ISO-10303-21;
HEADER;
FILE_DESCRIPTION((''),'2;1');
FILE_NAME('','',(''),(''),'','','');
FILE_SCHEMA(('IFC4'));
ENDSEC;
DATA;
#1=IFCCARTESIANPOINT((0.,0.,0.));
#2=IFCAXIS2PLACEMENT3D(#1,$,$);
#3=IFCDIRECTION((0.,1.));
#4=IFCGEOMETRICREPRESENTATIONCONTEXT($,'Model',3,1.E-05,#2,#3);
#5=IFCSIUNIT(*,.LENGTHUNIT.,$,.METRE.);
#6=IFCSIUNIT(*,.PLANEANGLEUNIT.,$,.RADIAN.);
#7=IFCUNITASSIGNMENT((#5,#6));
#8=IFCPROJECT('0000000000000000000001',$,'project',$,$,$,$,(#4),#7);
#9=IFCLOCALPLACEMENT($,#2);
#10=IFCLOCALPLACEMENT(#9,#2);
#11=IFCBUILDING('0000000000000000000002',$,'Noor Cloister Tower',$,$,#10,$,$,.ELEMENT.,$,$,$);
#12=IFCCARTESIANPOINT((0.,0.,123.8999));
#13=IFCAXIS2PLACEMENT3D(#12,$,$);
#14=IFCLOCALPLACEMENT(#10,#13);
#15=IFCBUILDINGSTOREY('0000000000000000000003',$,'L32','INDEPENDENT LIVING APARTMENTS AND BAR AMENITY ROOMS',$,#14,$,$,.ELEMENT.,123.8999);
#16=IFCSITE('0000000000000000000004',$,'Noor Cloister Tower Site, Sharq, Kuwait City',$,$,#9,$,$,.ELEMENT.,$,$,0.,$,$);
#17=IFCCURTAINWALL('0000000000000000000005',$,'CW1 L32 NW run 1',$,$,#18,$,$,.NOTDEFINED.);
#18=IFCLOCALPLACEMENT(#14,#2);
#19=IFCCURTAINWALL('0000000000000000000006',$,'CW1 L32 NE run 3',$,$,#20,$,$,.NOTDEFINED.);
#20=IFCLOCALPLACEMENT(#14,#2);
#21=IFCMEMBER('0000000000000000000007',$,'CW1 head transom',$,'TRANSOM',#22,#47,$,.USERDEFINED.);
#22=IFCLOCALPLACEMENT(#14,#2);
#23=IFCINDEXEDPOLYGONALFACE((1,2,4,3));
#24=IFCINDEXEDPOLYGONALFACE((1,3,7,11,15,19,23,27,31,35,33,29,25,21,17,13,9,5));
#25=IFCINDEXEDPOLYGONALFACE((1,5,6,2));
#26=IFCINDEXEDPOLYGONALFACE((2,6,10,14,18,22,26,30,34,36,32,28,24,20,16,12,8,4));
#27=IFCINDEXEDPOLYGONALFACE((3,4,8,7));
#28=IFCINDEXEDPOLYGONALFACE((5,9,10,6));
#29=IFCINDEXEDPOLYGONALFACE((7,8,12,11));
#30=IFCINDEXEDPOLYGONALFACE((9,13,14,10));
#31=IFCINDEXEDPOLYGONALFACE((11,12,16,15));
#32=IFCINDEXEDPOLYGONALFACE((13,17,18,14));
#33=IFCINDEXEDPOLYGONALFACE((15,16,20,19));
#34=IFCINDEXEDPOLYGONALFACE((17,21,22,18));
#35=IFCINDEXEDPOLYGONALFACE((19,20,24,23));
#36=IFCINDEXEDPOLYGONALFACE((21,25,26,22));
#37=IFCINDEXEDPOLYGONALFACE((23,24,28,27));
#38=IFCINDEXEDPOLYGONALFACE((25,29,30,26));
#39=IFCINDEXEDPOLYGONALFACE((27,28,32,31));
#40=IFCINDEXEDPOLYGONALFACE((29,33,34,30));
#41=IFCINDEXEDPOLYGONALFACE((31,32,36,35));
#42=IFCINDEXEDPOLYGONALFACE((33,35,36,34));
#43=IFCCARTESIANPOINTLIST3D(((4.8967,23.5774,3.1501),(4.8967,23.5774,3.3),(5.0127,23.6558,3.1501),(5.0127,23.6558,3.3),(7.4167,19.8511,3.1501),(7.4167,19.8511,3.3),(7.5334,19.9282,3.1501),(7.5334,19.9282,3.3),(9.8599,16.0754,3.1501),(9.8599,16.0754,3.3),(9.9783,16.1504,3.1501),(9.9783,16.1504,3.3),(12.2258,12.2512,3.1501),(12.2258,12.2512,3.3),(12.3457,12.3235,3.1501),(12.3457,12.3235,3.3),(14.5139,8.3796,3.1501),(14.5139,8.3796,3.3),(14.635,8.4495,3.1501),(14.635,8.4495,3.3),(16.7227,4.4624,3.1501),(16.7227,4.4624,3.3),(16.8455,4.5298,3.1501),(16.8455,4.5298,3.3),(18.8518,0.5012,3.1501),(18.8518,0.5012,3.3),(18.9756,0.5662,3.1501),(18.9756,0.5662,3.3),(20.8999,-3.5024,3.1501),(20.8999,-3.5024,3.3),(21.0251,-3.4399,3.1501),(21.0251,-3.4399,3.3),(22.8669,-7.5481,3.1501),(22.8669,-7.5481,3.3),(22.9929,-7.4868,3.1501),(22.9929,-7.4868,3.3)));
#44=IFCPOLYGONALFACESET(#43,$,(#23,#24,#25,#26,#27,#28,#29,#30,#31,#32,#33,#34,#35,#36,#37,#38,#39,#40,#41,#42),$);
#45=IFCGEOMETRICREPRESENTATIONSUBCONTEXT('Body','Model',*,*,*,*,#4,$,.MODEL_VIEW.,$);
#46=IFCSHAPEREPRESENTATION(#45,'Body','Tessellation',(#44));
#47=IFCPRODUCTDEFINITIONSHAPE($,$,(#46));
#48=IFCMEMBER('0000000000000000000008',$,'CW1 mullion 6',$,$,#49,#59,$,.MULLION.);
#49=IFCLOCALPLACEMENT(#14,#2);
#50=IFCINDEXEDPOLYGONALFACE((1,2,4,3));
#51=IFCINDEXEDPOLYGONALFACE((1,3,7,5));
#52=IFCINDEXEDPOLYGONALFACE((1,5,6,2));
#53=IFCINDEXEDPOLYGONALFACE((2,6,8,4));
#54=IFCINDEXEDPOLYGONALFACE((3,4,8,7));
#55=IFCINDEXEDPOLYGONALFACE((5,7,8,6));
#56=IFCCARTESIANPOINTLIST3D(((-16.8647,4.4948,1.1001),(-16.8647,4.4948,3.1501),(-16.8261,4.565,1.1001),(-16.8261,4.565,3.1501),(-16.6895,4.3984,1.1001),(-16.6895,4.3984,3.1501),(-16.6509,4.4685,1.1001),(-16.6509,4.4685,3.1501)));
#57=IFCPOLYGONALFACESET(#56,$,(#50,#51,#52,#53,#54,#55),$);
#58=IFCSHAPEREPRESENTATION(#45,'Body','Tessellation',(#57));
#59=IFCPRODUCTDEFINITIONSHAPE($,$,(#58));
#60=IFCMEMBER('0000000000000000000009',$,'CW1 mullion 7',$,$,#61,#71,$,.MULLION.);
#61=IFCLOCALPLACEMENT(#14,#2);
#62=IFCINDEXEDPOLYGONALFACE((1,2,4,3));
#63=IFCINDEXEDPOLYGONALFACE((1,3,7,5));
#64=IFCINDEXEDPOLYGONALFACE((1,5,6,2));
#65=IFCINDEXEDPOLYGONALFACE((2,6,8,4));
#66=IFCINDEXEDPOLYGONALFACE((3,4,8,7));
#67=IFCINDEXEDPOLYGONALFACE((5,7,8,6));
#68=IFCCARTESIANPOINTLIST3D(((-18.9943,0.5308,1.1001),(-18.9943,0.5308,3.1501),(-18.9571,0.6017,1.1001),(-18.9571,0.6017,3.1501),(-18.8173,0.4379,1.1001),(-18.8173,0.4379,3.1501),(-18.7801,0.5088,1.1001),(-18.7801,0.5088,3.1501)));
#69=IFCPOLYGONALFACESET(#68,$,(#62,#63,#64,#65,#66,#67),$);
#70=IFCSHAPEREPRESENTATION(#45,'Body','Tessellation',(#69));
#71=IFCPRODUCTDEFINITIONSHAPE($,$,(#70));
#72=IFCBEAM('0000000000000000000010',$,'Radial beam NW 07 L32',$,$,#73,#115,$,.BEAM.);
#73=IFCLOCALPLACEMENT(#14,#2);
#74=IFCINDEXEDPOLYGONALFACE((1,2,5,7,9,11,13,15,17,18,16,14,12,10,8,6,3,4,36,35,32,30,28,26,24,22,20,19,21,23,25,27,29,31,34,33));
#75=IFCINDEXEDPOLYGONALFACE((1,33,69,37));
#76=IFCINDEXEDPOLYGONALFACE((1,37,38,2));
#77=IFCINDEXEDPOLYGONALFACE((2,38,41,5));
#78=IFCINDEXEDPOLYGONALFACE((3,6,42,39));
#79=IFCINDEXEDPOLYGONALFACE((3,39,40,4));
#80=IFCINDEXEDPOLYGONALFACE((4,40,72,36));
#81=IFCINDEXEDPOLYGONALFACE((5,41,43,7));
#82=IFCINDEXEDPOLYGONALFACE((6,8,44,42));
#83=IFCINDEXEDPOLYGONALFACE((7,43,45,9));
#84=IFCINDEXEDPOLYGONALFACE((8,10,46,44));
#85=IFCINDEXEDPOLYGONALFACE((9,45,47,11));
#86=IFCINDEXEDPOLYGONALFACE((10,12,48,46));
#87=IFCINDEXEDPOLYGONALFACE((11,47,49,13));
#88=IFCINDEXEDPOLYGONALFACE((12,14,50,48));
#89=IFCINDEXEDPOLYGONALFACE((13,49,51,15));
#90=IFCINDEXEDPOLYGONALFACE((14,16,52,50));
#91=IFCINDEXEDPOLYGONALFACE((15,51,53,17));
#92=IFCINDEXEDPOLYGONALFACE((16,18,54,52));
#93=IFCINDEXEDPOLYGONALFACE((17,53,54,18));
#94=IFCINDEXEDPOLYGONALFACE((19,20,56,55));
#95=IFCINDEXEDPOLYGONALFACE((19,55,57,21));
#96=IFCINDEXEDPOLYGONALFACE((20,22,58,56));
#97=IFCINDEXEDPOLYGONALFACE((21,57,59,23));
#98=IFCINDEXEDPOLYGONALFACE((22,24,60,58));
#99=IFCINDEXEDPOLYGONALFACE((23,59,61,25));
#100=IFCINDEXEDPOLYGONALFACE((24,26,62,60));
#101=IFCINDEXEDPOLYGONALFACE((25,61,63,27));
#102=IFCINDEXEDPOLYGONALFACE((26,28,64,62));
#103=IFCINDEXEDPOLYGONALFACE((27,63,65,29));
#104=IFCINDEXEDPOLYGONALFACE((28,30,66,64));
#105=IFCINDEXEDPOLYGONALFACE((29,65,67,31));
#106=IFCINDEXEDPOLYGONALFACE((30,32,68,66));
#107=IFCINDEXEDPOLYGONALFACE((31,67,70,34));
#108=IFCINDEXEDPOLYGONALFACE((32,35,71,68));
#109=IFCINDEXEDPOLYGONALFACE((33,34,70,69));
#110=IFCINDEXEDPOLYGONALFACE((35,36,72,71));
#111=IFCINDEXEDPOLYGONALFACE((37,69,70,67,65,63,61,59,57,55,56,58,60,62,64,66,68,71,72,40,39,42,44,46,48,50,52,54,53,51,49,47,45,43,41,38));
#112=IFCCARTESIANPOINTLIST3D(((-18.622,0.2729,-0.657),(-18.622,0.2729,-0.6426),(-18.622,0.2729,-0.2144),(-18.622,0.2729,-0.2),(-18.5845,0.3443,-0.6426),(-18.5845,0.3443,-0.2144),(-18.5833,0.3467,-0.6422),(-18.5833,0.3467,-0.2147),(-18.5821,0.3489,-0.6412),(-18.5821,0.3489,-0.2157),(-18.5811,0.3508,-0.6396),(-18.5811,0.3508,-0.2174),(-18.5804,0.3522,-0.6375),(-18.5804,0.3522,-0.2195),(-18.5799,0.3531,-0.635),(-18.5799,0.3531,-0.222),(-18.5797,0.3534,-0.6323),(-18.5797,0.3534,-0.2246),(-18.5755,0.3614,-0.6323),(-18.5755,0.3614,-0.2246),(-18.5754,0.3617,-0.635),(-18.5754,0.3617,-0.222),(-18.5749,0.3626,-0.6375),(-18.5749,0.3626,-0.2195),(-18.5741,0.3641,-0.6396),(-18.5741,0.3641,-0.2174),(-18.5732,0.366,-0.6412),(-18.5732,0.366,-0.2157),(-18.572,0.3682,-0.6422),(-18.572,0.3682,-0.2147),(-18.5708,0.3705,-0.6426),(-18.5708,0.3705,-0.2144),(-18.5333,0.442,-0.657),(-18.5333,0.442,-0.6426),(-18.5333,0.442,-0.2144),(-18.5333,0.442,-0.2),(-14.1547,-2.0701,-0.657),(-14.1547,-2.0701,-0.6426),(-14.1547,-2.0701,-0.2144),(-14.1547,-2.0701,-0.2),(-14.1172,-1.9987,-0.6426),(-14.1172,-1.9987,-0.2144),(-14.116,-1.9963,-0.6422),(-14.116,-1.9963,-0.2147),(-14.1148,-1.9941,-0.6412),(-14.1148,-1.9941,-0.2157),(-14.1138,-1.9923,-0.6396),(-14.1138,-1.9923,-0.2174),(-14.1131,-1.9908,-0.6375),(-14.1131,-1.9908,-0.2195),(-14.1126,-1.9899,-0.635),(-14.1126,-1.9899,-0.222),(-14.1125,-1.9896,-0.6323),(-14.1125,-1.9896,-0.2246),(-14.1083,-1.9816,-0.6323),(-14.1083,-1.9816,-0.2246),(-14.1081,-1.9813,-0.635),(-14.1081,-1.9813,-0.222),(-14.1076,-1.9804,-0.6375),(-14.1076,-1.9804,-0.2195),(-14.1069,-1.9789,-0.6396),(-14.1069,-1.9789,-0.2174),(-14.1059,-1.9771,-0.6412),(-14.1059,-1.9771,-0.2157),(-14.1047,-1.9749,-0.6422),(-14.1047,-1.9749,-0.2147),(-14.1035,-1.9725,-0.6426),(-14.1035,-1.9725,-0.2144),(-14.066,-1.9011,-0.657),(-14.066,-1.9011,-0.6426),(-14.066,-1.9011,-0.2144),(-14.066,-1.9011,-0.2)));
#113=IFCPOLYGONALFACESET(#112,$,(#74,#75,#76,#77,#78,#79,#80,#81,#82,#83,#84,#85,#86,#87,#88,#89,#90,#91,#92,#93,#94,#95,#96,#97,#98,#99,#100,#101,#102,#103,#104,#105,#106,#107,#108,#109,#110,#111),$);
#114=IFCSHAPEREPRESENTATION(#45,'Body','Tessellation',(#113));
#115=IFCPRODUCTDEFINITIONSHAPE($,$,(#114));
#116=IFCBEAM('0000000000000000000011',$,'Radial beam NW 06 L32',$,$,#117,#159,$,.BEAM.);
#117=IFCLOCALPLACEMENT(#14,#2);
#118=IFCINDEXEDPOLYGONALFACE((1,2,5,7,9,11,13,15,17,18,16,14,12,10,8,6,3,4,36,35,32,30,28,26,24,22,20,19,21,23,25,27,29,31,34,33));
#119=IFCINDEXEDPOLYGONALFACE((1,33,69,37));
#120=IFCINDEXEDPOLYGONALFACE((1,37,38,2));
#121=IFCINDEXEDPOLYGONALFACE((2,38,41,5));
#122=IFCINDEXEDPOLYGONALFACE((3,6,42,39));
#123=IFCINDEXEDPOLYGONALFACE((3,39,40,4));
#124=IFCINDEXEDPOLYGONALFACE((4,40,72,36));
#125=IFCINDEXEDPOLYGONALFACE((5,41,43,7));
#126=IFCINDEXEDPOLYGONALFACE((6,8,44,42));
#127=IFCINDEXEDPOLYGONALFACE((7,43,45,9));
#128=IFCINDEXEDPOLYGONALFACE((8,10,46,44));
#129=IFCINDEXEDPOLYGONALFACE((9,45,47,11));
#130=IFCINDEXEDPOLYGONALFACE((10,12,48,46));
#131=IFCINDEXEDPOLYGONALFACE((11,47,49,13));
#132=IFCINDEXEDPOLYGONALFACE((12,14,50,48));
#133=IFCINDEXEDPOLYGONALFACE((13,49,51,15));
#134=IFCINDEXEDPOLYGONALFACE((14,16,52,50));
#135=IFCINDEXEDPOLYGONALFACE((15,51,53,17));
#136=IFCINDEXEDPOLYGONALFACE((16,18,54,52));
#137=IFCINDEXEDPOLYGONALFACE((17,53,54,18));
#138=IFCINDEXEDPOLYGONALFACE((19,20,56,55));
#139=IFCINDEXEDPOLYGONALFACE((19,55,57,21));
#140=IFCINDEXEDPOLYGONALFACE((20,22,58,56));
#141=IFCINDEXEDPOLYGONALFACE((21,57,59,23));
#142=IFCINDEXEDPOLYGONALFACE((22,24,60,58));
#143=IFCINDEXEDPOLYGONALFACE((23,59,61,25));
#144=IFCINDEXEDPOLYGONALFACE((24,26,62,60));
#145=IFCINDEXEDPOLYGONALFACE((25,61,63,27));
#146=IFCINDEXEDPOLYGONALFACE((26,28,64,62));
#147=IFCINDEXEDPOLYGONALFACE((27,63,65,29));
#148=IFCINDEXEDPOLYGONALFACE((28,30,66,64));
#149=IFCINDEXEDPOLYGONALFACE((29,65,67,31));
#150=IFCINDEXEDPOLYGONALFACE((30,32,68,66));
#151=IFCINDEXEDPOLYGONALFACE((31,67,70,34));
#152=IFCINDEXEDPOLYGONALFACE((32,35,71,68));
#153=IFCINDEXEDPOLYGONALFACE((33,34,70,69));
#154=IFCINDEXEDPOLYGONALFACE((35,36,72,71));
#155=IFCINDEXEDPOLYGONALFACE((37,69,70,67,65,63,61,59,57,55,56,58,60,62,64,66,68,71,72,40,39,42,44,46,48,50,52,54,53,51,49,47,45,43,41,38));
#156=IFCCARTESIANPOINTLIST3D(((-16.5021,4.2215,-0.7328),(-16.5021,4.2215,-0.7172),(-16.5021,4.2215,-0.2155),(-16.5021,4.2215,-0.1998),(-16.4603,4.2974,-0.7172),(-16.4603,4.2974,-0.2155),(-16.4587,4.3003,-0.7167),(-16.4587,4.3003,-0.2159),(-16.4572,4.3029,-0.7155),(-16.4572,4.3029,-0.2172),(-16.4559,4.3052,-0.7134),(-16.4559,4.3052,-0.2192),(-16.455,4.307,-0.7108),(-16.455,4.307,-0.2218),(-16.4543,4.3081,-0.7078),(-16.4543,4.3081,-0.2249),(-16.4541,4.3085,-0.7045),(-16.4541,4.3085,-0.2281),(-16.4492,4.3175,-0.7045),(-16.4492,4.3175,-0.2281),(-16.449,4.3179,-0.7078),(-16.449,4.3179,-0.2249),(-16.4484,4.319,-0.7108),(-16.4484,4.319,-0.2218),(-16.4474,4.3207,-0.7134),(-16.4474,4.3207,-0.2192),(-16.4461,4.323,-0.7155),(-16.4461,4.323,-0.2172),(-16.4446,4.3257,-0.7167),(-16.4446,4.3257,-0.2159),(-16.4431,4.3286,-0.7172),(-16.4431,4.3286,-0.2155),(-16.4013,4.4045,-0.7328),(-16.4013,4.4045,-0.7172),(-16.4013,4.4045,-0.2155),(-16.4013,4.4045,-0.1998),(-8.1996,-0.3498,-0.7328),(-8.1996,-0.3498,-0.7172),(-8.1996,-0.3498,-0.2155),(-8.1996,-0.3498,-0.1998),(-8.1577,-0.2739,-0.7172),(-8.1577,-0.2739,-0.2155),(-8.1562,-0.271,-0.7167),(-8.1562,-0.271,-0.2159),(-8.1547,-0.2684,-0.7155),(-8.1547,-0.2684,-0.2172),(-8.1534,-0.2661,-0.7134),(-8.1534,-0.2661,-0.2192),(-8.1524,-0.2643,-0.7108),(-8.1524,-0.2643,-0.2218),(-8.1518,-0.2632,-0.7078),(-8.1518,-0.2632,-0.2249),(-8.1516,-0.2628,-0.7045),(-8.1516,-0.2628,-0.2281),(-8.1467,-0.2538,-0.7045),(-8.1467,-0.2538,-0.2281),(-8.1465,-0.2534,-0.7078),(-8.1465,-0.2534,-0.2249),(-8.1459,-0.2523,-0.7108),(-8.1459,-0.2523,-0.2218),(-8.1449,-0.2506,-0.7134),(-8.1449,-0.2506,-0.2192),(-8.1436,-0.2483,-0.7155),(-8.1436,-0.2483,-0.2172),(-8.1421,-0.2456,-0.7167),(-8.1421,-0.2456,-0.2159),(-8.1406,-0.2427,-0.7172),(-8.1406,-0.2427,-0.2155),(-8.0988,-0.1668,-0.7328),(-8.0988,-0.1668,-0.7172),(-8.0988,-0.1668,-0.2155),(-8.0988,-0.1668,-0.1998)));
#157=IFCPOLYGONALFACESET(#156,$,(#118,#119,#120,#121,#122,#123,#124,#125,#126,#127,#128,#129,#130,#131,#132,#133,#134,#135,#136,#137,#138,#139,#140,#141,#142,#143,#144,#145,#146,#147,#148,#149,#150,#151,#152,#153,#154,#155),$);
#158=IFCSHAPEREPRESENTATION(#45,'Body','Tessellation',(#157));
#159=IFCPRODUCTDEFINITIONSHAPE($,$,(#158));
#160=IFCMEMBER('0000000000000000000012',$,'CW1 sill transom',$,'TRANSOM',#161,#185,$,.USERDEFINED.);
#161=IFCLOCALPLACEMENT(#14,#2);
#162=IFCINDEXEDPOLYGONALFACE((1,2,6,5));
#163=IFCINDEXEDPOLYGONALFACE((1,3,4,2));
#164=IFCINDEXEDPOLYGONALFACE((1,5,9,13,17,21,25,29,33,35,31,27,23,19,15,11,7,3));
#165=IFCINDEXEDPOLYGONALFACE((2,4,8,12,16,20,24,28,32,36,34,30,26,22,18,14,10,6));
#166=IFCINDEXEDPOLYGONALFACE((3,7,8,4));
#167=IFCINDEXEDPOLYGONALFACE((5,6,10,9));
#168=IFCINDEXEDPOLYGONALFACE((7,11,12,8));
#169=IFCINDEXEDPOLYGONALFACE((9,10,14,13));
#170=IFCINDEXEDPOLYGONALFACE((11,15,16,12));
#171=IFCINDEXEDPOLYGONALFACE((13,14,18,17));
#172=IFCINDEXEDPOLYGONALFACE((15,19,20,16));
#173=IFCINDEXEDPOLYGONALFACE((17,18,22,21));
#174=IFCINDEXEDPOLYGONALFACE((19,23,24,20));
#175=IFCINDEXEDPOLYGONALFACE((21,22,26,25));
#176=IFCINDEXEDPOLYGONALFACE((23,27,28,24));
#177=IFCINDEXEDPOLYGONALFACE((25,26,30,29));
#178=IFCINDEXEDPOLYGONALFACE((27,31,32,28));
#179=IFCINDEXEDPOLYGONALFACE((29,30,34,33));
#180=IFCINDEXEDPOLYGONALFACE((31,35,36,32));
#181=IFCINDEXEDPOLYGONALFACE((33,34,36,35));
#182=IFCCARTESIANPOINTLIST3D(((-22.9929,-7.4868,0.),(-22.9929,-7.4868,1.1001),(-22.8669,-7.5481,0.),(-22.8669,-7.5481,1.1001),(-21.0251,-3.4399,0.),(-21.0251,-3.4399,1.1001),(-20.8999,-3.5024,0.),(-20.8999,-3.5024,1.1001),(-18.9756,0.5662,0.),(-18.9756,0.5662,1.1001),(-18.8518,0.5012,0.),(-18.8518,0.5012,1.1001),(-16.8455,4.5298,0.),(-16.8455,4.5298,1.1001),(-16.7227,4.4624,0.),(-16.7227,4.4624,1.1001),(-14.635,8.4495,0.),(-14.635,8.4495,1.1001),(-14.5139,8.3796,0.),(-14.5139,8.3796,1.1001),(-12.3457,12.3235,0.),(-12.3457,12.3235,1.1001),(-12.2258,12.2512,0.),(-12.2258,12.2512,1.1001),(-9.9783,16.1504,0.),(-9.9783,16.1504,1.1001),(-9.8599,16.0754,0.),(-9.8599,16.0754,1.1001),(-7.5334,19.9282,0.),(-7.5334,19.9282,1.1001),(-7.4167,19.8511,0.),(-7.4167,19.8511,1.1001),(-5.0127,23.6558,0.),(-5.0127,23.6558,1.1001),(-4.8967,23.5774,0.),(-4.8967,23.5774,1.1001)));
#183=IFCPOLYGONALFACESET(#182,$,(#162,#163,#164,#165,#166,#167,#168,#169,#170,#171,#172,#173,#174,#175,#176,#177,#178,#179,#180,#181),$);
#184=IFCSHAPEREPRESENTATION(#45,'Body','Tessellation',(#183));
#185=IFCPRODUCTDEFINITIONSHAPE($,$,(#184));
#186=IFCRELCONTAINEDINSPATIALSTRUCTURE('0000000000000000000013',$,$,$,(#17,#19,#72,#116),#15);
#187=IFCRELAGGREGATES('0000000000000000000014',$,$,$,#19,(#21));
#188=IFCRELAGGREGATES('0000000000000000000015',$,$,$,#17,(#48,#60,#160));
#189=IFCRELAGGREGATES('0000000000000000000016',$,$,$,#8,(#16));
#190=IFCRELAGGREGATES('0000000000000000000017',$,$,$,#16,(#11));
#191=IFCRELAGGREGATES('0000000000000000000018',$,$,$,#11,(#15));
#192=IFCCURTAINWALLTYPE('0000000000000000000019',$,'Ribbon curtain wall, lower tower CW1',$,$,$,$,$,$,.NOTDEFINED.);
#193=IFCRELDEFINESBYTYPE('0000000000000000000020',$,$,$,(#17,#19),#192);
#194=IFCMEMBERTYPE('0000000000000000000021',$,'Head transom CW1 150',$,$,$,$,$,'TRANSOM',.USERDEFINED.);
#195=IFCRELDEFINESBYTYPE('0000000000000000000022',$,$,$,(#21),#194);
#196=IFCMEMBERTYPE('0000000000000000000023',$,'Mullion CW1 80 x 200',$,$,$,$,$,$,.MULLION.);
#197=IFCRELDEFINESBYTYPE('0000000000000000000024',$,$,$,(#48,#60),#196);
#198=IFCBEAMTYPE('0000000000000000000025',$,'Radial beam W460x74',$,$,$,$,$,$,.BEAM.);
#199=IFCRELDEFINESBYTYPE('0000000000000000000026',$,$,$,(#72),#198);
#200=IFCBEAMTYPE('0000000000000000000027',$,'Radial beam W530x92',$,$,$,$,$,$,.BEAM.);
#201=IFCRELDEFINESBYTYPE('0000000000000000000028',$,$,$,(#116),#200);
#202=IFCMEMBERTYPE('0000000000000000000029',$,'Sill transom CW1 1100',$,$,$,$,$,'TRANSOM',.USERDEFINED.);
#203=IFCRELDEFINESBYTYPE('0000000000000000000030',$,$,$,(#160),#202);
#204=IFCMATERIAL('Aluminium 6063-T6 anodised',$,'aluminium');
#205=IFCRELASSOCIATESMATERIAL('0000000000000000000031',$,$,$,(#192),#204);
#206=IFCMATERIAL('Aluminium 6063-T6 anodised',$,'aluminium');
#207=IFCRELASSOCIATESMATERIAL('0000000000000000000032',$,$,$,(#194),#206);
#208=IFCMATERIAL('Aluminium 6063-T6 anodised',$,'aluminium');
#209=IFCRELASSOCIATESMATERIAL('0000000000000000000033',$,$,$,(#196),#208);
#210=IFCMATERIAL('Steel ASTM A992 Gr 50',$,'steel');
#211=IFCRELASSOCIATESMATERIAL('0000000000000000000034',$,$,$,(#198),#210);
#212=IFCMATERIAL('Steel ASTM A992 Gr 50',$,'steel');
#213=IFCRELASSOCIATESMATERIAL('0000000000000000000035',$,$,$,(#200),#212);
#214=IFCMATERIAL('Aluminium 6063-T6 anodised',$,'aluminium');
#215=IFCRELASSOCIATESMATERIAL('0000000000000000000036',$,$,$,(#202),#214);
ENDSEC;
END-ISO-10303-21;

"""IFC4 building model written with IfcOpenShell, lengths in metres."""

from ifc_helpers import new_model, si_unit, direction, frame, origin, origin_2d, place, context, subcontext, project, spatial, polyline, rectangle, i_section, outline, extrude, material, material_profile, profile_set, type_object, element, aggregate, save


model = new_model("IFC4")

# Units and contexts
model_context = context("Model", 3, precision=1e-05, world=origin(), true_north=direction((0.0, 1.0)))
body_context = subcontext(model_context, "Body", "Model", "MODEL_VIEW")
ifc_project = project(units=[si_unit("LENGTHUNIT", "METRE"), si_unit("PLANEANGLEUNIT", "RADIAN")], contexts=[model_context])

# Site, building, storey
site_placement = place(None, origin())
site = spatial("IfcSite", under=ifc_project, at=site_placement, Name="Noor Cloister Tower Site, Sharq, Kuwait City", CompositionType="ELEMENT", RefElevation=0.0)
building_placement = place(site_placement, origin())
building = spatial("IfcBuilding", under=site, at=building_placement, Name="Noor Cloister Tower", CompositionType="ELEMENT")
storey_placement = place(building_placement, frame((0.0, 0.0, 123.8999)))
storey = spatial("IfcBuildingStorey", under=building, at=storey_placement, Name="L32", Description="INDEPENDENT LIVING APARTMENTS AND BAR AMENITY ROOMS", CompositionType="ELEMENT", Elevation=123.8999)

# Curtain walls, member
ifc_material_1 = material(Name="Aluminium 6063-T6 anodised", Category="aluminium")
curtain_wall_type = type_object("IfcCurtainWallType", Name="Ribbon curtain wall, lower tower CW1", PredefinedType="NOTDEFINED", material=ifc_material_1)
curtain_wall_1_placement = place(storey_placement, origin())
curtain_wall_1 = element("IfcCurtainWall", 1, at=curtain_wall_1_placement, inside=storey, type_object=curtain_wall_type, Name="CW1 L32 NW run 1", PredefinedType="NOTDEFINED")
ifc_material_2 = material(Name="Aluminium 6063-T6 anodised", Category="aluminium")
member_type_1 = type_object("IfcMemberType", Name="Head transom CW1 150", ElementType="TRANSOM", PredefinedType="USERDEFINED", material=ifc_material_2)
curtain_wall_2_placement = place(storey_placement, origin())
curtain_wall_2 = element("IfcCurtainWall", 2, at=curtain_wall_2_placement, inside=storey, type_object=curtain_wall_type, Name="CW1 L32 NE run 3", PredefinedType="NOTDEFINED")
member_1_placement = place(storey_placement, frame((0.0, 0.0, 3.1501)))
member_1 = element("IfcMember", 3, at=member_1_placement, type_object=member_type_1, Name="CW1 head transom", ObjectType="TRANSOM", PredefinedType="USERDEFINED", context=body_context, shape_type="SweptSolid", body=[
    extrude(outline(polyline([(22.9929, -7.4868), (21.0251, -3.4399), (18.9756, 0.5662), (16.8455, 4.5298), (14.635, 8.4495), (12.3457, 12.3235), (9.9783, 16.1504), (7.5334, 19.9282), (5.0127, 23.6558), (4.8967, 23.5774), (7.4167, 19.8511), (9.8599, 16.0754), (12.2258, 12.2512), (14.5139, 8.3796), (16.7227, 4.4624), (18.8518, 0.5012), (20.8999, -3.5024), (22.8669, -7.5481), (22.9929, -7.4868)])), origin(), (0.0, 0.0, 1.0), 0.1499),
])

# Members
ifc_material_3 = material(Name="Aluminium 6063-T6 anodised", Category="aluminium")
ifc_material_profile_1 = material_profile(ifc_material_3, rectangle(XDim=0.2, YDim=0.0801, at=origin_2d()), Name="200 x 80 mullion")
ifc_profile_set_1 = profile_set([ifc_material_profile_1], Name="Aluminium 6063-T6 anodised")
member_type_2 = type_object("IfcMemberType", Name="Mullion CW1 80 x 200", PredefinedType="MULLION", material=ifc_profile_set_1)
member_2_placement = place(storey_placement, frame((-16.7578, 4.4817, 1.1001), z_axis=(0.0, 0.0, 1.0), x_axis=(0.875994, -0.482322, 0.0)))
member_2 = element("IfcMember", 4, at=member_2_placement, type_object=member_type_2, Name="CW1 mullion 6", PredefinedType="MULLION", context=body_context, shape_type="SweptSolid", body=[
    extrude(rectangle(XDim=0.2, YDim=0.0801, at=origin_2d()), origin(), (0.0, 0.0, 1.0), 2.05),
])
member_3_placement = place(storey_placement, frame((-18.8872, 0.5198, 1.1001), z_axis=(0.0, 0.0, 1.0), x_axis=(0.885601, -0.464446, 0.0)))
member_3 = element("IfcMember", 5, at=member_3_placement, type_object=member_type_2, Name="CW1 mullion 7", PredefinedType="MULLION", context=body_context, shape_type="SweptSolid", body=[
    extrude(rectangle(XDim=0.2, YDim=0.0801, at=origin_2d()), origin(), (0.0, 0.0, 1.0), 2.05),
])

# Beams
ifc_material_4 = material(Name="Steel ASTM A992 Gr 50", Category="steel")
ifc_material_profile_2 = material_profile(ifc_material_4, i_section(OverallWidth=0.1909, OverallDepth=0.457, WebThickness=0.009, FlangeThickness=0.0144, FilletRadius=0.0103, at=origin_2d()), Name="W460x74")
ifc_profile_set_2 = profile_set([ifc_material_profile_2], Name="Steel ASTM A992 Gr 50")
beam_type_1 = type_object("IfcBeamType", Name="Radial beam W460x74", PredefinedType="BEAM", material=ifc_profile_set_2)
beam_1_placement = place(storey_placement, frame((-18.5776, 0.3574, -0.4285), z_axis=(0.885586, -0.464475, 0.0), x_axis=(0.464475, 0.885586, 0.0)))
element("IfcBeam", 6, at=beam_1_placement, inside=storey, type_object=beam_type_1, Name="Radial beam NW 07 L32", PredefinedType="BEAM", context=body_context, shape_type="SweptSolid", body=[
    extrude(i_section(OverallWidth=0.1909, OverallDepth=0.457, WebThickness=0.009, FlangeThickness=0.0144, FilletRadius=0.0103, at=origin_2d()), origin(), (0.0, 0.0, 1.0), 5.0444),
])
ifc_material_5 = material(Name="Steel ASTM A992 Gr 50", Category="steel")
ifc_material_profile_3 = material_profile(ifc_material_5, i_section(OverallWidth=0.209, OverallDepth=0.533, WebThickness=0.0103, FlangeThickness=0.0156, FilletRadius=0.0127, at=origin_2d()), Name="W530x92")
ifc_profile_set_3 = profile_set([ifc_material_profile_3], Name="Steel ASTM A992 Gr 50")
beam_type_2 = type_object("IfcBeamType", Name="Radial beam W530x92", PredefinedType="BEAM", material=ifc_profile_set_3)
beam_2_placement = place(storey_placement, frame((-16.4517, 4.313, -0.4663), z_axis=(0.875997, -0.482317, 0.0), x_axis=(0.482317, 0.875997, 0.0)))
element("IfcBeam", 7, at=beam_2_placement, inside=storey, type_object=beam_type_2, Name="Radial beam NW 06 L32", PredefinedType="BEAM", context=body_context, shape_type="SweptSolid", body=[
    extrude(i_section(OverallWidth=0.209, OverallDepth=0.533, WebThickness=0.0103, FlangeThickness=0.0156, FilletRadius=0.0127, at=origin_2d()), origin(), (0.0, 0.0, 1.0), 9.4778),
])

# Member
ifc_material_6 = material(Name="Aluminium 6063-T6 anodised", Category="aluminium")
member_type_3 = type_object("IfcMemberType", Name="Sill transom CW1 1100", ElementType="TRANSOM", PredefinedType="USERDEFINED", material=ifc_material_6)
member_4_placement = place(storey_placement, origin())
member_4 = element("IfcMember", 8, at=member_4_placement, type_object=member_type_3, Name="CW1 sill transom", ObjectType="TRANSOM", PredefinedType="USERDEFINED", context=body_context, shape_type="SweptSolid", body=[
    extrude(outline(polyline([(-5.0127, 23.6558), (-7.5334, 19.9282), (-9.9783, 16.1504), (-12.3457, 12.3235), (-14.635, 8.4495), (-16.8455, 4.5298), (-18.9756, 0.5662), (-21.0251, -3.4399), (-22.9929, -7.4868), (-22.8669, -7.5481), (-20.8999, -3.5024), (-18.8518, 0.5012), (-16.7227, 4.4624), (-14.5139, 8.3796), (-12.2258, 12.2512), (-9.8599, 16.0754), (-7.4167, 19.8511), (-4.8967, 23.5774), (-5.0127, 23.6558)])), origin(), (0.0, 0.0, 1.0), 1.1001),
])
aggregate(curtain_wall_2, [member_1])

aggregate(curtain_wall_1, [member_2, member_3, member_4])

save(model, "model.ifc")
